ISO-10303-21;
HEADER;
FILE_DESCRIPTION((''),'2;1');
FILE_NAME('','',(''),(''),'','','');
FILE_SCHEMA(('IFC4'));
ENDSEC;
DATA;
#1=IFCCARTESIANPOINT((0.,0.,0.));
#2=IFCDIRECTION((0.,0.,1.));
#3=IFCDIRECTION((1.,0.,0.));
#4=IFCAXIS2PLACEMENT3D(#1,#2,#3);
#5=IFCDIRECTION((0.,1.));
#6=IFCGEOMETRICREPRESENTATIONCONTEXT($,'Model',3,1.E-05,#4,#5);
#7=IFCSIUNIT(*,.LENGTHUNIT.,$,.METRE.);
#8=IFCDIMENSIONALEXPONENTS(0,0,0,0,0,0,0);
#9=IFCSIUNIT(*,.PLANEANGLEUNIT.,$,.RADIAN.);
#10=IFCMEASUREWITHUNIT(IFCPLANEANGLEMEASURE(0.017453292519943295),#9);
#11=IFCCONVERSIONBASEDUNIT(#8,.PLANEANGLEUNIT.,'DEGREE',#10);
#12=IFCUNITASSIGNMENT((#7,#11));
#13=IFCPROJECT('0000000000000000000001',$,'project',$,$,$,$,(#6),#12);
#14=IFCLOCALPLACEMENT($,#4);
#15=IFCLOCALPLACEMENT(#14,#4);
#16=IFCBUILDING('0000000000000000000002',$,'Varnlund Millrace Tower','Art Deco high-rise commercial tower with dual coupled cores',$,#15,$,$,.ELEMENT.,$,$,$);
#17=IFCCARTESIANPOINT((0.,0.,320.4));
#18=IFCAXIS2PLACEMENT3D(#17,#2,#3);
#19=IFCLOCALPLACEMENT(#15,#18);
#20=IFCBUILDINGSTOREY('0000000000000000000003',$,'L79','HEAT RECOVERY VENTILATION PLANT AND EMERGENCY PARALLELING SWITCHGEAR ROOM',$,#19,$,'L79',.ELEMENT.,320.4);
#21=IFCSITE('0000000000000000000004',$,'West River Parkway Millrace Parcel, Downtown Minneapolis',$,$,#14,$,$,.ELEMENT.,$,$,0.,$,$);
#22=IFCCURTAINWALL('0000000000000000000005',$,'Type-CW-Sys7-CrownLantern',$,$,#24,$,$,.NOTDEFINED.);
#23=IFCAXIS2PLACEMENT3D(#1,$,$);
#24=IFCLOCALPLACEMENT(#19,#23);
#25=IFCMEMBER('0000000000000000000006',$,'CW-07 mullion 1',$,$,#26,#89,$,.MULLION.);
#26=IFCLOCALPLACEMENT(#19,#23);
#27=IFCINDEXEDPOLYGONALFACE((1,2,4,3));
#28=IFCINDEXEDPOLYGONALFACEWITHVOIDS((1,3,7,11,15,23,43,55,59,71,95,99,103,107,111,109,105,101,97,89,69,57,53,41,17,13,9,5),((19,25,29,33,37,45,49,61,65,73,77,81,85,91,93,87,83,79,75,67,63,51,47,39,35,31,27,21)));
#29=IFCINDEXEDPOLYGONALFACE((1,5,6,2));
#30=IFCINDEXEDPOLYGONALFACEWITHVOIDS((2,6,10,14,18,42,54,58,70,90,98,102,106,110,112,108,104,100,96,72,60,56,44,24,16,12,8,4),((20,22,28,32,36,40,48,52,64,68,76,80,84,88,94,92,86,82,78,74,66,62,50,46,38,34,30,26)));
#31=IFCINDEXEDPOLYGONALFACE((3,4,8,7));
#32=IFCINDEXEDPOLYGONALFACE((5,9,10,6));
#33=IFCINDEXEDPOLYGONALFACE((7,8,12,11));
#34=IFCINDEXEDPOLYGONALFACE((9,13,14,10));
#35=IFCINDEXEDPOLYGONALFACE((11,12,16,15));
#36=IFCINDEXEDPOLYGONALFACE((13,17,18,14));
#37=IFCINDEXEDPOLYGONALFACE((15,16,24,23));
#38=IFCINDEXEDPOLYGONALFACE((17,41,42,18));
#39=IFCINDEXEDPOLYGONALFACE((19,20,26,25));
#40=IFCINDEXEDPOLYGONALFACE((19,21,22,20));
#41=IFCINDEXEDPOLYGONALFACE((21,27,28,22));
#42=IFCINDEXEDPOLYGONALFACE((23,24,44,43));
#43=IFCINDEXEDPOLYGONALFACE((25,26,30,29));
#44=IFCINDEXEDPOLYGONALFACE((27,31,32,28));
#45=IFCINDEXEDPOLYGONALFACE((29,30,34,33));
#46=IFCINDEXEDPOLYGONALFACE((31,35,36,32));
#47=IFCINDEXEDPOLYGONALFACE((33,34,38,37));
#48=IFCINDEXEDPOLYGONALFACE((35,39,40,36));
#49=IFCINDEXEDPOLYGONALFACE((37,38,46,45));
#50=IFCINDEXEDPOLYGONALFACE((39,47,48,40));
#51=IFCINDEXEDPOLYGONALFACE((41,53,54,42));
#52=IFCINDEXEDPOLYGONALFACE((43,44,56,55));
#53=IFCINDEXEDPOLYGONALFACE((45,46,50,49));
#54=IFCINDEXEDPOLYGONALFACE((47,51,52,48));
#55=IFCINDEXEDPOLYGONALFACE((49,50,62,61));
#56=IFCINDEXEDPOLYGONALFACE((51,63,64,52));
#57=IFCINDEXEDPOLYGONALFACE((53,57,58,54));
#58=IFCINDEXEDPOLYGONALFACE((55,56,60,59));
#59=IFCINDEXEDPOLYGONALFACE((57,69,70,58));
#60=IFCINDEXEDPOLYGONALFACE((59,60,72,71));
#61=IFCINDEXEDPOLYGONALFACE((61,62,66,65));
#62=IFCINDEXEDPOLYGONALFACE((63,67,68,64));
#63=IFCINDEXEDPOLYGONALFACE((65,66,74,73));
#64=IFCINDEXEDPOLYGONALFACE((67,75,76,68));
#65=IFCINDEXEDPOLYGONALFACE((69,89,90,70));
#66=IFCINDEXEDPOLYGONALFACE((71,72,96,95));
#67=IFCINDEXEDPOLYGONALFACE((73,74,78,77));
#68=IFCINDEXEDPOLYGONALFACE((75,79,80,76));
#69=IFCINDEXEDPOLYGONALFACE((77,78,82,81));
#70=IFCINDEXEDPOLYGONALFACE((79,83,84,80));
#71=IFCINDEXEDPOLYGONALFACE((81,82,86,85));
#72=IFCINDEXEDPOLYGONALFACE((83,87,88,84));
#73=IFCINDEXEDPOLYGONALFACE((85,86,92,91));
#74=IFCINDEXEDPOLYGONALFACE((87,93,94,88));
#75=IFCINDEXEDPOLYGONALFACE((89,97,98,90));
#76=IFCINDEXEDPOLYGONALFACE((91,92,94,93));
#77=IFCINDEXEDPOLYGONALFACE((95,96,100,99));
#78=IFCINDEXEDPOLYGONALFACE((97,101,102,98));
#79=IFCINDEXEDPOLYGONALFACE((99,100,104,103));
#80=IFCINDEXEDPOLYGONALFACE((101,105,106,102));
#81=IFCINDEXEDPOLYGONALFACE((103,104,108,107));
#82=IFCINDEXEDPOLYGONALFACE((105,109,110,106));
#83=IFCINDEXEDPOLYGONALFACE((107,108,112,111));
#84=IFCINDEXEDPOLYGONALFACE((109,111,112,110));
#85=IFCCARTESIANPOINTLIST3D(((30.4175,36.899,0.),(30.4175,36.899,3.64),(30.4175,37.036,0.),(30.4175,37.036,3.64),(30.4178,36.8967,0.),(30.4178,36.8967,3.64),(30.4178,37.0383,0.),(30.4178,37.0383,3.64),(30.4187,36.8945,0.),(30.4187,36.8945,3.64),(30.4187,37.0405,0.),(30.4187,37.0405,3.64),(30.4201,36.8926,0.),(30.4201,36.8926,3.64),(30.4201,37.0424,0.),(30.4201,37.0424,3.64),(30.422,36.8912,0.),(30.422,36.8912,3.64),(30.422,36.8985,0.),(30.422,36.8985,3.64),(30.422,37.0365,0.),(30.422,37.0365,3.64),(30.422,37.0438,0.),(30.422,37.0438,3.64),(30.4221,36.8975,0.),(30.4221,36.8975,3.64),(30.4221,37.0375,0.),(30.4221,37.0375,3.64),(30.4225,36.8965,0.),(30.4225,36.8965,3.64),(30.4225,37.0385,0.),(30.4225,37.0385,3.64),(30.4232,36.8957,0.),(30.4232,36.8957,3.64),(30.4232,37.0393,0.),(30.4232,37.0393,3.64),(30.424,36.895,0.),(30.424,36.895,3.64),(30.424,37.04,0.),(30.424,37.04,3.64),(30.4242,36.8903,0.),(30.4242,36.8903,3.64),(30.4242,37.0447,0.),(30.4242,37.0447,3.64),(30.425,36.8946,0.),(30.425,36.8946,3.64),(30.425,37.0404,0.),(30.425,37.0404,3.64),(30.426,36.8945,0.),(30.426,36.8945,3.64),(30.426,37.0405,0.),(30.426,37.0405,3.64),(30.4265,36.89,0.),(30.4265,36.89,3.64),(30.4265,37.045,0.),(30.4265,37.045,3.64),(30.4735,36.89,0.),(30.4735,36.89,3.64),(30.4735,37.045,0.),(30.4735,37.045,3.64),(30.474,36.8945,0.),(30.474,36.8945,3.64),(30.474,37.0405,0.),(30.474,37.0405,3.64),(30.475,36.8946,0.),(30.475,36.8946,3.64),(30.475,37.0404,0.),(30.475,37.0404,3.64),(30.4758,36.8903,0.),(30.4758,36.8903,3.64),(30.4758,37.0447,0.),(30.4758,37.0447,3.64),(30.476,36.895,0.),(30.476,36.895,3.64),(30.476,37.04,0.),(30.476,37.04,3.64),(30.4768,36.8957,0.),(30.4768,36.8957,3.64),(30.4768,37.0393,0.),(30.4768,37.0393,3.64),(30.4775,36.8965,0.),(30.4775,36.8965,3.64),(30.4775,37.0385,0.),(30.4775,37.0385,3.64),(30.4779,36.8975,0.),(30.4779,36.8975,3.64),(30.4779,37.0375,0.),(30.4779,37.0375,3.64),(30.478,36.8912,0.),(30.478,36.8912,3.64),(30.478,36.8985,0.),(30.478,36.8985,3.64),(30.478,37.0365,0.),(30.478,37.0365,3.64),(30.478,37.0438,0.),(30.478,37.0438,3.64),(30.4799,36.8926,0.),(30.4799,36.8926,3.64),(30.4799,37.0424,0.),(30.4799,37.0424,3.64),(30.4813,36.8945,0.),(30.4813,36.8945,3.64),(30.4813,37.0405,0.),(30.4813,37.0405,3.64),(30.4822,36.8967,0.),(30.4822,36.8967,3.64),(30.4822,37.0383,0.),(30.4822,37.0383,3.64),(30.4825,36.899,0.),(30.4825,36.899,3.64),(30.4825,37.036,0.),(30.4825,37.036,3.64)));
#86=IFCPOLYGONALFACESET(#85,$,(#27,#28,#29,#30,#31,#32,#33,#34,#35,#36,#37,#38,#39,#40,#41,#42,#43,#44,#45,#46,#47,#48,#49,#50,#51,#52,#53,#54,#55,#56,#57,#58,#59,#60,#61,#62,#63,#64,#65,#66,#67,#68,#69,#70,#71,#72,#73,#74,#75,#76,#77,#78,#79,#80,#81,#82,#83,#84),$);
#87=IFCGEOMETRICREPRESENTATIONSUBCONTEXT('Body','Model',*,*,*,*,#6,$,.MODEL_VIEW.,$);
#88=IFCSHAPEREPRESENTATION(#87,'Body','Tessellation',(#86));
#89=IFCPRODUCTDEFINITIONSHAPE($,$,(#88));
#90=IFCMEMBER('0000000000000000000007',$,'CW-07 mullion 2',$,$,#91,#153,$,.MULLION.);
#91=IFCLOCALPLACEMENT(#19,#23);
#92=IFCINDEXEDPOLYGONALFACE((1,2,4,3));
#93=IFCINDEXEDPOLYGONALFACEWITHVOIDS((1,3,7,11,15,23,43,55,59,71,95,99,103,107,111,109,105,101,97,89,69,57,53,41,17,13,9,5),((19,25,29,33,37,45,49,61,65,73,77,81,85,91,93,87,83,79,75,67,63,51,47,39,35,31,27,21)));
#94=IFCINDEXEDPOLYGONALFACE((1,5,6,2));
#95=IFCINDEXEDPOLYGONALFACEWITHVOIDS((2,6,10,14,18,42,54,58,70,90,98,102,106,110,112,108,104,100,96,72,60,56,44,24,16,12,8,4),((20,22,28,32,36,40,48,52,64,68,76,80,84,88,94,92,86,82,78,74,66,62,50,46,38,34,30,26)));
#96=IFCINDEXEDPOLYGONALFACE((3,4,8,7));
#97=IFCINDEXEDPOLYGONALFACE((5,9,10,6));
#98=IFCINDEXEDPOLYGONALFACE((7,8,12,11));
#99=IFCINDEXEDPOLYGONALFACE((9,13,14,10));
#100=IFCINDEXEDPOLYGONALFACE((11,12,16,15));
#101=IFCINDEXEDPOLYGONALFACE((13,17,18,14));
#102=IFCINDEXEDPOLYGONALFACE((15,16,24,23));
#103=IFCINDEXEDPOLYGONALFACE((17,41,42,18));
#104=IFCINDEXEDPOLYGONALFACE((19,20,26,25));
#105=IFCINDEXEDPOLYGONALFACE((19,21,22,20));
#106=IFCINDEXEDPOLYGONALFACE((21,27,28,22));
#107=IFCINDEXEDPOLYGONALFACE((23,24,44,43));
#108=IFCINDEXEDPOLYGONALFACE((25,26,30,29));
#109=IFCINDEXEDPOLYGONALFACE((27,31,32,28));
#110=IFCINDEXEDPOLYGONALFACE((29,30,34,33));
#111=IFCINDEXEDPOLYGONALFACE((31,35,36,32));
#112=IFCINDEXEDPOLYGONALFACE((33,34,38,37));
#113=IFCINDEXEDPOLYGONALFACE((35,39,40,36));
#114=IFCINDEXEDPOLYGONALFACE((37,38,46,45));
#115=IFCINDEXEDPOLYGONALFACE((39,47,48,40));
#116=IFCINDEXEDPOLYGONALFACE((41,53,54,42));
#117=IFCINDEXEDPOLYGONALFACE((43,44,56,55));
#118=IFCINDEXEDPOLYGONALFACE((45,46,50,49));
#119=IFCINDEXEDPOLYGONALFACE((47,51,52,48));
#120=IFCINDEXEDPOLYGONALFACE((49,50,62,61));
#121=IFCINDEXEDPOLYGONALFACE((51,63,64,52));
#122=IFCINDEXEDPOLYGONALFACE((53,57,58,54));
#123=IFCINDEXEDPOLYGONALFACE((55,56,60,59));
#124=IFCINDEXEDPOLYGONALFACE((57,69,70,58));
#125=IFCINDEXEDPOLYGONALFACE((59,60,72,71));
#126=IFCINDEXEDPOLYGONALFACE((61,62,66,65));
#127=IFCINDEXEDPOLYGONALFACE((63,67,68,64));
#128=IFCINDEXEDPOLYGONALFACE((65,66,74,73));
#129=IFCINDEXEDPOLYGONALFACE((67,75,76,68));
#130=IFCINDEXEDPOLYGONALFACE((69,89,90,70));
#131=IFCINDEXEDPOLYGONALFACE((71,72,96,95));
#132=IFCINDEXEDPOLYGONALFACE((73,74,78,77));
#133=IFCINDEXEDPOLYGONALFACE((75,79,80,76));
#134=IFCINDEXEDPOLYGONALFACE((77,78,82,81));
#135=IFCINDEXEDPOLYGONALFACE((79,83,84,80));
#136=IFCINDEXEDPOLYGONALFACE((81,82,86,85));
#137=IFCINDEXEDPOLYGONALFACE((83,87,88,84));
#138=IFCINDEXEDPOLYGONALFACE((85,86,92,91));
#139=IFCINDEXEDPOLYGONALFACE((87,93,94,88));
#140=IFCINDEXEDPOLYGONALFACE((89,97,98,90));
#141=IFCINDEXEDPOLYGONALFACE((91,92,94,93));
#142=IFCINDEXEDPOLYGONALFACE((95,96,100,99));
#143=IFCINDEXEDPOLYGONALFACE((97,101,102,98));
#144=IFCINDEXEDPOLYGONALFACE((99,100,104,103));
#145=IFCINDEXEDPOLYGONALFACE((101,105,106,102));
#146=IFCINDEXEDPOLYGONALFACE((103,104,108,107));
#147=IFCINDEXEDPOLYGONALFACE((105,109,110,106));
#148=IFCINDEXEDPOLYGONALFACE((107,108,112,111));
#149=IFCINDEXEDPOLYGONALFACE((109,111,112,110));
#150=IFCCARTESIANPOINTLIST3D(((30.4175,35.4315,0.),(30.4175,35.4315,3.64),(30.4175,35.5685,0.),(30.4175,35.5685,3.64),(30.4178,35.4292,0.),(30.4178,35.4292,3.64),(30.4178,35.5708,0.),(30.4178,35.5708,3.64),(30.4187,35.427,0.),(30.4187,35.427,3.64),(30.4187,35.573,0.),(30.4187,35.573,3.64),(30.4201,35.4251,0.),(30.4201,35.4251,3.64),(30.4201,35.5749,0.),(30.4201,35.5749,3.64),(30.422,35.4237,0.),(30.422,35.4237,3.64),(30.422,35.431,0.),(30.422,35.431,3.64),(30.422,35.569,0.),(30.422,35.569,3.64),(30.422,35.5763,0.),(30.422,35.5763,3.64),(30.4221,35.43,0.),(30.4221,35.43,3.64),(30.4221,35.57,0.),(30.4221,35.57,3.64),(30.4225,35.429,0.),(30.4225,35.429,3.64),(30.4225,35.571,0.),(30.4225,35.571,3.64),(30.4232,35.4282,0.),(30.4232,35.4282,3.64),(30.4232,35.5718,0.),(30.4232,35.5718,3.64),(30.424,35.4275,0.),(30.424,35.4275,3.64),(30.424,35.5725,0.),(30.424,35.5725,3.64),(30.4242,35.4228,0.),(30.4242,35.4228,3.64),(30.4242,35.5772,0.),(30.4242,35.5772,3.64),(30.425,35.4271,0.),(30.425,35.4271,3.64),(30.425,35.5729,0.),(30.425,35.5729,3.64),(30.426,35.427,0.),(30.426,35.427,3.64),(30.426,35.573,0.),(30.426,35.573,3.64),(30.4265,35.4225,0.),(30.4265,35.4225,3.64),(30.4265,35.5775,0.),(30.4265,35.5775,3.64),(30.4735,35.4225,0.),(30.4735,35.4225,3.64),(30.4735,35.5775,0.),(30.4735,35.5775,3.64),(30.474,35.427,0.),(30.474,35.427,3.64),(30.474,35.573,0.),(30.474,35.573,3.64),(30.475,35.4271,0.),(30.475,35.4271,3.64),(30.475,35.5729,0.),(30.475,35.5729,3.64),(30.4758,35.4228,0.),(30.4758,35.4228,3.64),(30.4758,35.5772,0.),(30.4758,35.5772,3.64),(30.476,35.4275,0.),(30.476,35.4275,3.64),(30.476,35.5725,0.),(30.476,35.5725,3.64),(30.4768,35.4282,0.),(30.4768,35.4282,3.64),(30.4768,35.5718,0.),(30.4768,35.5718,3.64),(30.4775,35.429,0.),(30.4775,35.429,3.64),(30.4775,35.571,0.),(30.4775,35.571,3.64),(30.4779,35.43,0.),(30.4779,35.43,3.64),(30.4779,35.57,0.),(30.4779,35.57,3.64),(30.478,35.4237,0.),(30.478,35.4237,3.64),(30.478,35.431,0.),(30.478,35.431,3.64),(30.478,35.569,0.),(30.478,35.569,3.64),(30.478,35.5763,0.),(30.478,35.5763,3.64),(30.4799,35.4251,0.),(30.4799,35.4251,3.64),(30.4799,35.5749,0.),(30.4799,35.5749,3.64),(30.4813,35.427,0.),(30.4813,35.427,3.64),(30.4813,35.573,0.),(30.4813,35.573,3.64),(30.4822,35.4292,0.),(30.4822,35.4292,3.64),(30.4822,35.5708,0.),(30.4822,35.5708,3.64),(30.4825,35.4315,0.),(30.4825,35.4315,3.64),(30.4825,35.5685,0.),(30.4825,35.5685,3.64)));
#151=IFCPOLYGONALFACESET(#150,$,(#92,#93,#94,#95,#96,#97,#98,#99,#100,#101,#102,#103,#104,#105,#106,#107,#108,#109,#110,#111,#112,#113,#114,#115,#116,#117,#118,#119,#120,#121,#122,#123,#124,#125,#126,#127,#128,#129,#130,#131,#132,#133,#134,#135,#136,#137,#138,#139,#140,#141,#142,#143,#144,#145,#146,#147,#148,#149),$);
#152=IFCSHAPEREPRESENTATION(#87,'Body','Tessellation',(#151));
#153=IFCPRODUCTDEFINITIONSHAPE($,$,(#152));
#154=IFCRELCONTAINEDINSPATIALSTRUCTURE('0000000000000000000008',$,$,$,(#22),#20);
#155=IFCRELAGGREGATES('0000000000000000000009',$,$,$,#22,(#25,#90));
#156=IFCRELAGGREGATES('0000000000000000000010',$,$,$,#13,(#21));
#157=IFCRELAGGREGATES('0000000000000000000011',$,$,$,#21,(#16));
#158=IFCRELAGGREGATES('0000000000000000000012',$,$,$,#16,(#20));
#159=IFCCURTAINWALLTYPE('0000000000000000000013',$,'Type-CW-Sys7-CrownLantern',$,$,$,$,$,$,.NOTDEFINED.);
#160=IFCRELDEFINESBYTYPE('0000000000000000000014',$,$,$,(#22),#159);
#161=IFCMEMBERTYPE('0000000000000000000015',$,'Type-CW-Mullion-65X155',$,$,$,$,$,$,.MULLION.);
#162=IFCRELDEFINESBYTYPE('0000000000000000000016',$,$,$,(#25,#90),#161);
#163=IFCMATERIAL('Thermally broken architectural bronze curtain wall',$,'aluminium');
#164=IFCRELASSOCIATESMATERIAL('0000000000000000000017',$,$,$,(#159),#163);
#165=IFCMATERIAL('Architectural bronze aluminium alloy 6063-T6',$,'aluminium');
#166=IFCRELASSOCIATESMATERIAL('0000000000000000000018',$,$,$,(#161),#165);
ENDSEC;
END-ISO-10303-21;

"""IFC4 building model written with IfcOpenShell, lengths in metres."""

from ifc_helpers import new_model, entity, si_unit, converted_unit, direction, frame, origin_with_axes, origin_2d_with_axis, place, context, subcontext, project, spatial, hollow_rectangle, extrude, material, material_profile, profile_set, type_object, element, aggregate, save


model = new_model("IFC4")

# Units and contexts
model_context = context("Model", 3, precision=1e-05, world=origin_with_axes(), true_north=direction((0.0, 1.0)))
body_context = subcontext(model_context, "Body", "Model", "MODEL_VIEW")
ifc_project = project(units=[si_unit("LENGTHUNIT", "METRE"), converted_unit("PLANEANGLEUNIT", "DEGREE", entity("IfcPlaneAngleMeasure", 0.017453292519943295), si_unit("PLANEANGLEUNIT", "RADIAN"), dimensions=[0, 0, 0, 0, 0, 0, 0])], contexts=[model_context])

# Site, building, storey
site_placement = place(None, origin_with_axes())
site = spatial("IfcSite", under=ifc_project, at=site_placement, Name="West River Parkway Millrace Parcel, Downtown Minneapolis", CompositionType="ELEMENT", RefElevation=0.0)
building_placement = place(site_placement, origin_with_axes())
building = spatial("IfcBuilding", under=site, at=building_placement, Name="Varnlund Millrace Tower", Description="Art Deco high-rise commercial tower with dual coupled cores", CompositionType="ELEMENT")
storey_placement = place(building_placement, frame((0.0, 0.0, 320.4), z_axis=(0.0, 0.0, 1.0), x_axis=(1.0, 0.0, 0.0)))
storey = spatial("IfcBuildingStorey", under=building, at=storey_placement, Name="L79", Description="HEAT RECOVERY VENTILATION PLANT AND EMERGENCY PARALLELING SWITCHGEAR ROOM", LongName="L79", CompositionType="ELEMENT", Elevation=320.4)

# Curtain wall, members
ifc_material_1 = material(Name="Thermally broken architectural bronze curtain wall", Category="aluminium")
curtain_wall_type = type_object("IfcCurtainWallType", Name="Type-CW-Sys7-CrownLantern", PredefinedType="NOTDEFINED", material=ifc_material_1)
curtain_wall_1_placement = place(storey_placement, frame((30.45, 37.0, 0.0), z_axis=(0.0, 0.0, 1.0), x_axis=(1.0, 0.0, 0.0)))
curtain_wall_1 = element("IfcCurtainWall", 1, at=curtain_wall_1_placement, inside=storey, type_object=curtain_wall_type, Name="Type-CW-Sys7-CrownLantern", PredefinedType="NOTDEFINED")
ifc_material_2 = material(Name="Architectural bronze aluminium alloy 6063-T6", Category="aluminium")
ifc_material_profile_1 = material_profile(ifc_material_2, hollow_rectangle(XDim=0.065, YDim=0.155, WallThickness=0.0045, InnerFilletRadius=0.004, OuterFilletRadius=0.009, at=origin_2d_with_axis()), Name="Architectural bronze aluminium alloy 6063-T6")
ifc_profile_set_1 = profile_set([ifc_material_profile_1], Name="Architectural bronze aluminium alloy 6063-T6")
member_type = type_object("IfcMemberType", Name="Type-CW-Mullion-65X155", PredefinedType="MULLION", material=ifc_profile_set_1)
member_1_placement = place(storey_placement, frame((30.45, 36.9675, 0.0), z_axis=(0.0, 0.0, 1.0), x_axis=(1.0, 0.0, 0.0)))
member_1 = element("IfcMember", 2, at=member_1_placement, type_object=member_type, Name="CW-07 mullion 1", PredefinedType="MULLION", context=body_context, shape_type="SweptSolid", body=[
    extrude(hollow_rectangle(XDim=0.065, YDim=0.155, WallThickness=0.0045, InnerFilletRadius=0.004, OuterFilletRadius=0.009, at=origin_2d_with_axis()), origin_with_axes(), (0.0, 0.0, 1.0), 3.64),
])
member_2_placement = place(storey_placement, frame((30.45, 35.5, 0.0), z_axis=(0.0, 0.0, 1.0), x_axis=(1.0, 0.0, 0.0)))
member_2 = element("IfcMember", 3, at=member_2_placement, type_object=member_type, Name="CW-07 mullion 2", PredefinedType="MULLION", context=body_context, shape_type="SweptSolid", body=[
    extrude(hollow_rectangle(XDim=0.065, YDim=0.155, WallThickness=0.0045, InnerFilletRadius=0.004, OuterFilletRadius=0.009, at=origin_2d_with_axis()), origin_with_axes(), (0.0, 0.0, 1.0), 3.64),
])
aggregate(curtain_wall_1, [member_1, member_2])

save(model, "model.ifc")
